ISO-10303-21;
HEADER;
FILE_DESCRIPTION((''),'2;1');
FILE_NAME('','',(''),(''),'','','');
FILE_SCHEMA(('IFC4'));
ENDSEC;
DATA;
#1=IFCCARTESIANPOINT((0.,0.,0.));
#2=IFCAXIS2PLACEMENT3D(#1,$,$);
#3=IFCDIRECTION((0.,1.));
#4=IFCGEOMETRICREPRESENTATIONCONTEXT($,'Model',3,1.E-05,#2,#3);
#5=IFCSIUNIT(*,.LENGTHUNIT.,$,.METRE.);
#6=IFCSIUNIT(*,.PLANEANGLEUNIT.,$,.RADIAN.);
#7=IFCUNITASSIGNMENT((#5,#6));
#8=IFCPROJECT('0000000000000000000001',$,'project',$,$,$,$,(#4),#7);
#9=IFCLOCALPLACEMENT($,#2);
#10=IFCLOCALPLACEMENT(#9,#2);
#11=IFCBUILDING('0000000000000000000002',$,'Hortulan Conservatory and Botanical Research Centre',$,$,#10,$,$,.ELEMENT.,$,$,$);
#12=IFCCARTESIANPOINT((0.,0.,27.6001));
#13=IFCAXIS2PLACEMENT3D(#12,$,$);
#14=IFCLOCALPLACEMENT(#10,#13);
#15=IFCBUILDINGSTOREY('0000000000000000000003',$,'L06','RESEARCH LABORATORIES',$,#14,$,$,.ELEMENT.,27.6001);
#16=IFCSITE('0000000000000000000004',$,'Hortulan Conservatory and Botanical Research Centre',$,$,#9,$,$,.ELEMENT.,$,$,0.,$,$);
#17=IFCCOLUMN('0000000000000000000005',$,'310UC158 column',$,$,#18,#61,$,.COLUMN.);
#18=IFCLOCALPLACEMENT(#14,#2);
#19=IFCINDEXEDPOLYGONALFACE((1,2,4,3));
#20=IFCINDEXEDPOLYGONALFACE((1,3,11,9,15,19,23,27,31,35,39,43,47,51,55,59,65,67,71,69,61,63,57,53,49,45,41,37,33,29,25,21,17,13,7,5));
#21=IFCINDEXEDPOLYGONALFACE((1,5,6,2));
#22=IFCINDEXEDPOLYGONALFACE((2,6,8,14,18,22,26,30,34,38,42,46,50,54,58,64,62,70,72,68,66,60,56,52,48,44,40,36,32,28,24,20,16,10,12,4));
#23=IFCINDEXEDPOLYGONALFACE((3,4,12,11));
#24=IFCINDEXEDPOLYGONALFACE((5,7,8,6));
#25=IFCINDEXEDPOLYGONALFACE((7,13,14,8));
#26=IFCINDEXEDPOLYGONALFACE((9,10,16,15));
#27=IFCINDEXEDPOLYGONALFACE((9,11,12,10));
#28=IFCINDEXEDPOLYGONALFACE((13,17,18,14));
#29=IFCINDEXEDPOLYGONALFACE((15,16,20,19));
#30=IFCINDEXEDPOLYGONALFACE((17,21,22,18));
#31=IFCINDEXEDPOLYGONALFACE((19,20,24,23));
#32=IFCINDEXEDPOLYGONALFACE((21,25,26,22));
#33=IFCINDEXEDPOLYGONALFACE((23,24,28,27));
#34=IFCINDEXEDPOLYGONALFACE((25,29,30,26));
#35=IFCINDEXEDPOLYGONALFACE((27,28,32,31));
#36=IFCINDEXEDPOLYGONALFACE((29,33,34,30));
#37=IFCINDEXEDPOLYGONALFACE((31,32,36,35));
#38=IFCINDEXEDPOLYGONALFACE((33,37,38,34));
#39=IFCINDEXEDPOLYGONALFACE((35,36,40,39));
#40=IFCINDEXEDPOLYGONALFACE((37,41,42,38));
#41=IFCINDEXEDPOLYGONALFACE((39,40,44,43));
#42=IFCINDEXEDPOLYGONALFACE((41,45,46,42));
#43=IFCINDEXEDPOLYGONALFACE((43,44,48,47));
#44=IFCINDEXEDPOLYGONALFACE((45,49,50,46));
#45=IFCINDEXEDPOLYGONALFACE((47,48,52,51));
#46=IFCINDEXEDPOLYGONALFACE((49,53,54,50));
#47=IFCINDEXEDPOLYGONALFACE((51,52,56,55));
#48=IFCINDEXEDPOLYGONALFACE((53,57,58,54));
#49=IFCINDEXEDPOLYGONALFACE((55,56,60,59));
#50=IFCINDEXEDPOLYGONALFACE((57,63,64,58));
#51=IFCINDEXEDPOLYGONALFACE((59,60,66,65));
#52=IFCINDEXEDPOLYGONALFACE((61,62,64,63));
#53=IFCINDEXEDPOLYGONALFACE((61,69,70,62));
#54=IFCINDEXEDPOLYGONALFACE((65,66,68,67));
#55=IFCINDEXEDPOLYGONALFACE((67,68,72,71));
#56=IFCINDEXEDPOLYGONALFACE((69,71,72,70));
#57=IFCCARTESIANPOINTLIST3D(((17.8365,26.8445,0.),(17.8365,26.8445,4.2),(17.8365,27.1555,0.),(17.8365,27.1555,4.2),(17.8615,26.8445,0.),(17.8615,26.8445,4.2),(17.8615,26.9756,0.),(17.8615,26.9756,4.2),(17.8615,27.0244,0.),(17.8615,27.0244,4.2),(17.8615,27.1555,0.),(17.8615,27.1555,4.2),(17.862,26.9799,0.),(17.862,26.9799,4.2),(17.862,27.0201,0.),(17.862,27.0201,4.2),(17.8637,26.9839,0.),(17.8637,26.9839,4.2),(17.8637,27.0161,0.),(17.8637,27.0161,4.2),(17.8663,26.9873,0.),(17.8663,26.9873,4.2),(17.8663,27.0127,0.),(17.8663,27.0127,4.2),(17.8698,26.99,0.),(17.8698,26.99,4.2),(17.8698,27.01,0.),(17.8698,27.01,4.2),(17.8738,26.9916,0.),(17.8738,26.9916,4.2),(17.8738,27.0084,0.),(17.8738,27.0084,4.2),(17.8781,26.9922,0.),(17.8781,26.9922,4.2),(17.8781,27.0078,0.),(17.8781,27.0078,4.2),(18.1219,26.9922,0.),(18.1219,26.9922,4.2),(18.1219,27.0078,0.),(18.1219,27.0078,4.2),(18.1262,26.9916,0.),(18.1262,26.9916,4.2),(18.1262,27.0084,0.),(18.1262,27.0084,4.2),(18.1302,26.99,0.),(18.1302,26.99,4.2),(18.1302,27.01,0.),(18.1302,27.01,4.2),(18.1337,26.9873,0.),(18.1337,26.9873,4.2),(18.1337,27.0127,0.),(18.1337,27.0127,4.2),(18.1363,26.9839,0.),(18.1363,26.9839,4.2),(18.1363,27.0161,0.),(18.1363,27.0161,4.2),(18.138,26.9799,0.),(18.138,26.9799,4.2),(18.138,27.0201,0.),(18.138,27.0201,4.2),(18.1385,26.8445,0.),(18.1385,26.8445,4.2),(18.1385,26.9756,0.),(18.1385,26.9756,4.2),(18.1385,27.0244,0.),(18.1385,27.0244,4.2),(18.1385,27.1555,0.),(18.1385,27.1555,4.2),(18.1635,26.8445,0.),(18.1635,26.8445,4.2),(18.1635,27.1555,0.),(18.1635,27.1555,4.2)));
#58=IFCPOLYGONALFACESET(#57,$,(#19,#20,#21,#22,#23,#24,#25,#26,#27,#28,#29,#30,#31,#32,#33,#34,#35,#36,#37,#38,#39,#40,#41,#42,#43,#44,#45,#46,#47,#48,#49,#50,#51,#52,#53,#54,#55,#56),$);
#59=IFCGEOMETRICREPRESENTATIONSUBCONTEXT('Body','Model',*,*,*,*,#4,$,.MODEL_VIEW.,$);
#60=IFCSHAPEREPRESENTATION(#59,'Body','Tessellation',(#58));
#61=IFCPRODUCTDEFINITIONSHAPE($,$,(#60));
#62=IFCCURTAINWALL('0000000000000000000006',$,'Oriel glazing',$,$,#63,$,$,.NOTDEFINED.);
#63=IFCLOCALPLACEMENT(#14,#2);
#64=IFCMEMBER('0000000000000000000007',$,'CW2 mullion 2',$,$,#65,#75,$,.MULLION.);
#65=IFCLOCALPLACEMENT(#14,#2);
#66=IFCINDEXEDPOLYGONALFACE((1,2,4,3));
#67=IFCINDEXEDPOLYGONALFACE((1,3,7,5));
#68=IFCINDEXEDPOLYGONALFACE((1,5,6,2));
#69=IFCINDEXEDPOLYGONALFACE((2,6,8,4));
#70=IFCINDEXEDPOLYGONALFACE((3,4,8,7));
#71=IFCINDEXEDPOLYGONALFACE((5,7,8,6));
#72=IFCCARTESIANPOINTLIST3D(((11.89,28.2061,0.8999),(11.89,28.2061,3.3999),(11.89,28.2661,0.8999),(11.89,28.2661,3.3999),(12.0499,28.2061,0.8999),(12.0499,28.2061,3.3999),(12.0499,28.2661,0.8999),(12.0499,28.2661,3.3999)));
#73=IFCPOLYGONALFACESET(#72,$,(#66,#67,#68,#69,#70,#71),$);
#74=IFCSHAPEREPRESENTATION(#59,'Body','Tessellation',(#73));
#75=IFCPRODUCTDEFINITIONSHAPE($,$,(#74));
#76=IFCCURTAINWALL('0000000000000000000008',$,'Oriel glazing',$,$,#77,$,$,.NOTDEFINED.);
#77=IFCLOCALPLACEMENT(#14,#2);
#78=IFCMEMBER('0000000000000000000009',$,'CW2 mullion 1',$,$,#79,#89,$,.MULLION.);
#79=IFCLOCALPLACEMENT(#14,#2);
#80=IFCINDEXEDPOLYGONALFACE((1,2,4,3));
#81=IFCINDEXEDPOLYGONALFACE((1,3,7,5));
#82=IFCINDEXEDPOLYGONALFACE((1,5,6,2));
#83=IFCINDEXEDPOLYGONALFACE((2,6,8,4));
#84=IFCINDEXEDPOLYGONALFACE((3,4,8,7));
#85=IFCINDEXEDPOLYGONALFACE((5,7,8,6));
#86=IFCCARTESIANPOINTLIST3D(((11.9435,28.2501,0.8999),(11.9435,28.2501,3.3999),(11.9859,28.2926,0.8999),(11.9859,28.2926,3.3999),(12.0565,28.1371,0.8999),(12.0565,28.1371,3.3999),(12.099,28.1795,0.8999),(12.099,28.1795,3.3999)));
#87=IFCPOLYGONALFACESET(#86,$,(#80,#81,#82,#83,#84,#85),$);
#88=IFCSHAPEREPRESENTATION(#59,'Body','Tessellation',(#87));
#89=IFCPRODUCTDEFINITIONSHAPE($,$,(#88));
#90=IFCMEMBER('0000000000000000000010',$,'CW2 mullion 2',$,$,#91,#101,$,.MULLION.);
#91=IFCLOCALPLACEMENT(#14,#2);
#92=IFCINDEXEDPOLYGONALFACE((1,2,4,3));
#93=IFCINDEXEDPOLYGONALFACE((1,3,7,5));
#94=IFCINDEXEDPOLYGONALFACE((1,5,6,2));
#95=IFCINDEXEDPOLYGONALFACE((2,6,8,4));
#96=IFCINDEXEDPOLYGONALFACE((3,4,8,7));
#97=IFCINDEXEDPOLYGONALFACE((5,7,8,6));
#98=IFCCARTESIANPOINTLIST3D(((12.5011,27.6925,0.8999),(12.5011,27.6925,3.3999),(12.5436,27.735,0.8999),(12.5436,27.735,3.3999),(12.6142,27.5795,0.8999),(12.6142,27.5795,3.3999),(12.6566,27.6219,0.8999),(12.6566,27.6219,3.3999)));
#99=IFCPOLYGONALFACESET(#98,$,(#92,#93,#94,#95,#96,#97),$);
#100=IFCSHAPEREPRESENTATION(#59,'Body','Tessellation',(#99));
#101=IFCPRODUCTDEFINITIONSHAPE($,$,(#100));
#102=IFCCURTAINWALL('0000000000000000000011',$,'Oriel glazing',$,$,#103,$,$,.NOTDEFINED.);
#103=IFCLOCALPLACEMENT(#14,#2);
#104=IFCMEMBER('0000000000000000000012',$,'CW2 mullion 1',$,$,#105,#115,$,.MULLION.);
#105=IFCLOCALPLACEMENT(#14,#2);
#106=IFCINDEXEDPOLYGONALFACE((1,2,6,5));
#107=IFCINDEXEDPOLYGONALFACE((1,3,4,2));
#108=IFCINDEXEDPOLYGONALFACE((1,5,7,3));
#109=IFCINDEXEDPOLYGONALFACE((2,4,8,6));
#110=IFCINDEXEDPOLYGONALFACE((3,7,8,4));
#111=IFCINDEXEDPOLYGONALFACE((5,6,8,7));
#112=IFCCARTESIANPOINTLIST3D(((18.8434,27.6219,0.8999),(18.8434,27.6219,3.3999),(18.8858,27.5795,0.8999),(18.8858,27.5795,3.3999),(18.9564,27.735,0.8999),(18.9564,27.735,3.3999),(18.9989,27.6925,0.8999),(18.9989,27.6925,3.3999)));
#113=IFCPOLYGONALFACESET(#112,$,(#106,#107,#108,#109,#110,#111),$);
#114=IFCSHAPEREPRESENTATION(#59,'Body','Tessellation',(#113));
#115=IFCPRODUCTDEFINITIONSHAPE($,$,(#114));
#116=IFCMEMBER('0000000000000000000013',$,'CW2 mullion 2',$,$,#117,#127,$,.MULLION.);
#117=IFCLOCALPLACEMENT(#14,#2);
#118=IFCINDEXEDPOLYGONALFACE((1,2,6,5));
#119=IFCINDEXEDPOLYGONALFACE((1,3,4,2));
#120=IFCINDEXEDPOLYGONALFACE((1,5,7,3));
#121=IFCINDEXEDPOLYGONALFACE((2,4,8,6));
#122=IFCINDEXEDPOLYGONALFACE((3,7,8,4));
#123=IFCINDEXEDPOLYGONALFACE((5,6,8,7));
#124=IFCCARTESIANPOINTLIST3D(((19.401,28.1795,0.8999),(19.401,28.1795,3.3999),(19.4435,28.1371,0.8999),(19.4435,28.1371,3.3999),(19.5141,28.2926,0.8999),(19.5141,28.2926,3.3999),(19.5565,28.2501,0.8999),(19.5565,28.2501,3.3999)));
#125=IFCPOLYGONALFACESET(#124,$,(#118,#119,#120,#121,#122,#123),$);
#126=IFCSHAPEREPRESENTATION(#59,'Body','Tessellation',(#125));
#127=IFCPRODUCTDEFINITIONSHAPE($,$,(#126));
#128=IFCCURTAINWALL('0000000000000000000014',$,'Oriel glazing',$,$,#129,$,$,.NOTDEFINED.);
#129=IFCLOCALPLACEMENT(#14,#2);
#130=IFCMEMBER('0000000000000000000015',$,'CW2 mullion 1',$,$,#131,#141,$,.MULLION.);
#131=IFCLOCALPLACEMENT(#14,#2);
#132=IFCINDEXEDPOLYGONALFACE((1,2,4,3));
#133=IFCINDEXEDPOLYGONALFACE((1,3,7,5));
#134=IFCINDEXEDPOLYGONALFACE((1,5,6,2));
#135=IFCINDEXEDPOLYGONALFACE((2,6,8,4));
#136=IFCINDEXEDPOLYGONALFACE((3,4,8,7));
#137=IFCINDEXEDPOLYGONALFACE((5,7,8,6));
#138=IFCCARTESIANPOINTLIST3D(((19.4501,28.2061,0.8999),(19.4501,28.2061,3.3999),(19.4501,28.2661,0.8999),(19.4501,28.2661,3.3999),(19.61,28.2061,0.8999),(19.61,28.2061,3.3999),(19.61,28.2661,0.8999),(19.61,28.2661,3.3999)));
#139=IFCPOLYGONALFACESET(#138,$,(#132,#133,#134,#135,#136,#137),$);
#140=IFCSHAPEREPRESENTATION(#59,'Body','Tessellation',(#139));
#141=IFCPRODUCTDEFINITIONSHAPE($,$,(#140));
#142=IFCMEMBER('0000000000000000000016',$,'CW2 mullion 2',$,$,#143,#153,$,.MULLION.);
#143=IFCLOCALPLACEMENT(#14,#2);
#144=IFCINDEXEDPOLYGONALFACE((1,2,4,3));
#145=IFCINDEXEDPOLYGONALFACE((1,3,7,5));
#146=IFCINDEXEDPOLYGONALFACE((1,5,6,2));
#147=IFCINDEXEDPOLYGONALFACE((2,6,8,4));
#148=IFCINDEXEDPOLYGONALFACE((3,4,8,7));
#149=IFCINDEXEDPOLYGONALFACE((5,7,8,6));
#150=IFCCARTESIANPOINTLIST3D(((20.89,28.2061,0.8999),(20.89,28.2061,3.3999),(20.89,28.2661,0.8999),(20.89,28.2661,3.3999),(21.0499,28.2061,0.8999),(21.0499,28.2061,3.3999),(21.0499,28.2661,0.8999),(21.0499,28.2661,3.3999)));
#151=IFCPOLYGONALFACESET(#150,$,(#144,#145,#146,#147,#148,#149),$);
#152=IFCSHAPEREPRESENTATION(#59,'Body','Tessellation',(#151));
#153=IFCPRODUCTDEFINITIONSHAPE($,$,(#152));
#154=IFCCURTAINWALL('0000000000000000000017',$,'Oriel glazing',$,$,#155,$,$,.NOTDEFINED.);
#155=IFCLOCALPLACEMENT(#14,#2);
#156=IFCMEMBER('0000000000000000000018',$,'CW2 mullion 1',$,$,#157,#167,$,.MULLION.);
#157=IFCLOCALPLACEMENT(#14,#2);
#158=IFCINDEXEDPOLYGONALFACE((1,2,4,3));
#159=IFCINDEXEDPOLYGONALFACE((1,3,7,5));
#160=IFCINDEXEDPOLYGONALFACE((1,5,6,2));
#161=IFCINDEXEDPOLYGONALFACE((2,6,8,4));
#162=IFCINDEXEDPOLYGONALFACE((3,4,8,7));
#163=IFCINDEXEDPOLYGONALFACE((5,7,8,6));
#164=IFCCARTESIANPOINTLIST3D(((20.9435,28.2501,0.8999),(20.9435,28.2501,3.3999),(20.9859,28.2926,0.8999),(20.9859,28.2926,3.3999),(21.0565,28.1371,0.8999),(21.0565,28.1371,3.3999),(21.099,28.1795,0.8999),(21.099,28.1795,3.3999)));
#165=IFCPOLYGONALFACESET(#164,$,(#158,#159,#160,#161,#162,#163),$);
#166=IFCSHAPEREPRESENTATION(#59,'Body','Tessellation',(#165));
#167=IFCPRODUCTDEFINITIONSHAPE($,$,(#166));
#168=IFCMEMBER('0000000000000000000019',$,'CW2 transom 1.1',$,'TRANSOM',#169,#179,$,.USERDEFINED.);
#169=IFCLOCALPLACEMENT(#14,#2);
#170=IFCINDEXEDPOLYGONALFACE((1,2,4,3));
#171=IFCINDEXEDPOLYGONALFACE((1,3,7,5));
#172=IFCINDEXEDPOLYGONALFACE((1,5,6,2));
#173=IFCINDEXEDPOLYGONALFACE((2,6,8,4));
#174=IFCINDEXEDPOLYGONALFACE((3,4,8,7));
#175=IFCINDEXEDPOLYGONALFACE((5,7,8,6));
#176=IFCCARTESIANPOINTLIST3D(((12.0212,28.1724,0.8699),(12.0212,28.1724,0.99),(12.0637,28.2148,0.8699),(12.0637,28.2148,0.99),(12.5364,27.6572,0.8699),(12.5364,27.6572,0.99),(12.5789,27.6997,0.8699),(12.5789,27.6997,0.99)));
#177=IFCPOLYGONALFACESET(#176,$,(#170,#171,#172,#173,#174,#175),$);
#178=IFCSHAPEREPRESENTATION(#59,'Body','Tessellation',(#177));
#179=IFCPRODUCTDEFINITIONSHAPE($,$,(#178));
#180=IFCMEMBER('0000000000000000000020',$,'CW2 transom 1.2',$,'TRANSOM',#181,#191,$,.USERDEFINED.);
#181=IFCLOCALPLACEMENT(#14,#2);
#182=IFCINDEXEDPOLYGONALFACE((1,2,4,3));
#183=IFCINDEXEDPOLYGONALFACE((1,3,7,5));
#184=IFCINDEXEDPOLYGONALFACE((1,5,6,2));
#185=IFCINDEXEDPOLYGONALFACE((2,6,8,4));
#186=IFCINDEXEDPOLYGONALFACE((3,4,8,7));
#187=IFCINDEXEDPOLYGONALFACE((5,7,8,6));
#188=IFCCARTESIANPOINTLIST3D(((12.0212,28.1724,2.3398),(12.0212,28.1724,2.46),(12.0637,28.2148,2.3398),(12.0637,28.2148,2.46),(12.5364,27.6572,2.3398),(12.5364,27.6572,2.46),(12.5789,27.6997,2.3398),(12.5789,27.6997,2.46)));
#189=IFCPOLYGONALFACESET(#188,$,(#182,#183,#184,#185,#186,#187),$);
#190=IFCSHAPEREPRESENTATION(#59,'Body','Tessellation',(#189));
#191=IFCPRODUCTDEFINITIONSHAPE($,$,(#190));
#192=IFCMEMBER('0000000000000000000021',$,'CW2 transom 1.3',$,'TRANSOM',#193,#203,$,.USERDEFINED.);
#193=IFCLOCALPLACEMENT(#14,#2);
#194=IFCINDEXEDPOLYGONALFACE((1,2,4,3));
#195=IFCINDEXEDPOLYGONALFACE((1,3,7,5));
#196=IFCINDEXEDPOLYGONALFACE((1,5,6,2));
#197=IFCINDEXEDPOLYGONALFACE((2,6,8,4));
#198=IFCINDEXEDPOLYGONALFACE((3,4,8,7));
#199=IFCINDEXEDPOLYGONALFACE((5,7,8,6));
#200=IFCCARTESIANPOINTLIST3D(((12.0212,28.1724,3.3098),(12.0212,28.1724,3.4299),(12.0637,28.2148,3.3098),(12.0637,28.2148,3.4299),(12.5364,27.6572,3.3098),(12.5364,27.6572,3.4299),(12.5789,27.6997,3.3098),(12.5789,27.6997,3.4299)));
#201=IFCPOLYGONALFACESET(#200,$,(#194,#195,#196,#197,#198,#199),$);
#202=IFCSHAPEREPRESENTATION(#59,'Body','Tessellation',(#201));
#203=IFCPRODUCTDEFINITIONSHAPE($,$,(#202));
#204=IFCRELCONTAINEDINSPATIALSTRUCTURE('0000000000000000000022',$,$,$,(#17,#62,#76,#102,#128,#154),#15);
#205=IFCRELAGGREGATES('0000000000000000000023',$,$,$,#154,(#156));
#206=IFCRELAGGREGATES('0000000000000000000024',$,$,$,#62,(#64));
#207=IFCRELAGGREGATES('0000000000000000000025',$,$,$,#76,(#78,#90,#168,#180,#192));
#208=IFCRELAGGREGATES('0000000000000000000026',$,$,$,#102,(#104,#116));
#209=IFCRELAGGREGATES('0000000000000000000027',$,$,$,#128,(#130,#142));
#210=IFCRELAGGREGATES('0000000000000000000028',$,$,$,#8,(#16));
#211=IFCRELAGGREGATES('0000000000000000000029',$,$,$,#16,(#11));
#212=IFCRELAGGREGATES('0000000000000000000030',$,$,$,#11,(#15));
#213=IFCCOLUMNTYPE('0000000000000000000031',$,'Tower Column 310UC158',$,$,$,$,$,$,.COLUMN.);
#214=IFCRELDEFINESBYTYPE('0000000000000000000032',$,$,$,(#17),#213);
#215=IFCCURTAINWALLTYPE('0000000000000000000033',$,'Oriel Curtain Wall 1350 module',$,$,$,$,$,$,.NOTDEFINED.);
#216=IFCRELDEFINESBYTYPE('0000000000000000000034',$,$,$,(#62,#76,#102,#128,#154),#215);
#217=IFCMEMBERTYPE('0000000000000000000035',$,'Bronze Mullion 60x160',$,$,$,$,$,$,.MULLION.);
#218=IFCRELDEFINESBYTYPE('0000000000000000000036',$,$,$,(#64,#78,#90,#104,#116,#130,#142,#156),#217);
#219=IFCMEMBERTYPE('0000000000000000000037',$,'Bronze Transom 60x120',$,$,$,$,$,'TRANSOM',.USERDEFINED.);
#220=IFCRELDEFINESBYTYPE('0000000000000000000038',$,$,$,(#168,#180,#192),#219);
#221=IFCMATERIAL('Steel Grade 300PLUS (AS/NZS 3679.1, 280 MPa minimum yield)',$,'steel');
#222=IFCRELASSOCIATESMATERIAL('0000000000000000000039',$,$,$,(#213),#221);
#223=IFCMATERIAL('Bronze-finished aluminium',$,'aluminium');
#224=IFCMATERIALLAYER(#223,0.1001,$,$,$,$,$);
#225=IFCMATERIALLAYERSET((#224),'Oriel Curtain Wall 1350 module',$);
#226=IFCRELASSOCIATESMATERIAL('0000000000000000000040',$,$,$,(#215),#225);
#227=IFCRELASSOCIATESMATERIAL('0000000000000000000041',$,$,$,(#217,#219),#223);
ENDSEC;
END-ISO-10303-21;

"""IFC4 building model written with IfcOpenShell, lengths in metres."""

from ifc_helpers import new_model, si_unit, direction, frame, origin, origin_2d, place, context, subcontext, project, spatial, rectangle, i_section, extrude, material, layer, layer_set, material_profile, profile_set, type_object, element, aggregate, save


model = new_model("IFC4")

# Units and contexts
model_context = context("Model", 3, precision=1e-05, world=origin(), true_north=direction((0.0, 1.0)))
body_context = subcontext(model_context, "Body", "Model", "MODEL_VIEW")
ifc_project = project(units=[si_unit("LENGTHUNIT", "METRE"), si_unit("PLANEANGLEUNIT", "RADIAN")], contexts=[model_context])

# Site, building, storey
site_placement = place(None, origin())
site = spatial("IfcSite", under=ifc_project, at=site_placement, Name="Hortulan Conservatory and Botanical Research Centre", CompositionType="ELEMENT", RefElevation=0.0)
building_placement = place(site_placement, origin())
building = spatial("IfcBuilding", under=site, at=building_placement, Name="Hortulan Conservatory and Botanical Research Centre", CompositionType="ELEMENT")
storey_placement = place(building_placement, frame((0.0, 0.0, 27.6001)))
storey = spatial("IfcBuildingStorey", under=building, at=storey_placement, Name="L06", Description="RESEARCH LABORATORIES", CompositionType="ELEMENT", Elevation=27.6001)

# Column
ifc_material_1 = material(Name="Steel Grade 300PLUS (AS/NZS 3679.1, 280 MPa minimum yield)", Category="steel")
ifc_material_profile_1 = material_profile(ifc_material_1, i_section(OverallWidth=0.311, OverallDepth=0.3269, WebThickness=0.0156, FlangeThickness=0.0249, FilletRadius=0.0166, at=origin_2d()), Name="310UC158")
ifc_profile_set_1 = profile_set([ifc_material_profile_1], Name="Steel Grade 300PLUS (AS/NZS 3679.1, 280 MPa minimum yield)")
column_type = type_object("IfcColumnType", Name="Tower Column 310UC158", PredefinedType="COLUMN", material=ifc_profile_set_1)
column_placement = place(storey_placement, frame((18.0, 27.0, 0.0), z_axis=(0.0, 0.0, 1.0), x_axis=(0.0, 1.0, 0.0)))
element("IfcColumn", 1, at=column_placement, inside=storey, type_object=column_type, Name="310UC158 column", PredefinedType="COLUMN", context=body_context, shape_type="SweptSolid", body=[
    extrude(i_section(OverallWidth=0.311, OverallDepth=0.3269, WebThickness=0.0156, FlangeThickness=0.0249, FilletRadius=0.0166, at=origin_2d()), origin(), (0.0, 0.0, 1.0), 4.2),
])

# Curtain wall, member
ifc_material_2 = material(Name="Bronze-finished aluminium", Category="aluminium")
ifc_layer_1 = layer(ifc_material_2, 0.1001)
ifc_layer_set_1 = layer_set([ifc_layer_1], Name="Oriel Curtain Wall 1350 module")
curtain_wall_type = type_object("IfcCurtainWallType", Name="Oriel Curtain Wall 1350 module", PredefinedType="NOTDEFINED", material=ifc_layer_set_1)
curtain_wall_1_placement = place(storey_placement, origin())
curtain_wall_1 = element("IfcCurtainWall", 2, at=curtain_wall_1_placement, inside=storey, type_object=curtain_wall_type, Name="Oriel glazing", PredefinedType="NOTDEFINED")
ifc_material_profile_2 = material_profile(ifc_material_2, rectangle(XDim=0.0601, YDim=0.1599, at=origin_2d()), Name="Bronze Mullion 60x160")
ifc_profile_set_2 = profile_set([ifc_material_profile_2], Name="Bronze-finished aluminium")
member_type_1 = type_object("IfcMemberType", Name="Bronze Mullion 60x160", PredefinedType="MULLION", material=ifc_profile_set_2)
member_1_placement = place(storey_placement, frame((11.97, 28.2361, 0.8999), z_axis=(0.0, 0.0, 1.0), x_axis=(0.0, 1.0, 0.0)))
member_1 = element("IfcMember", 3, at=member_1_placement, type_object=member_type_1, Name="CW2 mullion 2", PredefinedType="MULLION", context=body_context, shape_type="SweptSolid", body=[
    extrude(rectangle(XDim=0.0601, YDim=0.1599, at=origin_2d()), origin(), (0.0, 0.0, 1.0), 2.5),
])

# Curtain walls, members
curtain_wall_2_placement = place(storey_placement, origin())
curtain_wall_2 = element("IfcCurtainWall", 4, at=curtain_wall_2_placement, inside=storey, type_object=curtain_wall_type, Name="Oriel glazing", PredefinedType="NOTDEFINED")
member_2_placement = place(storey_placement, frame((12.0212, 28.2148, 0.8999), z_axis=(0.0, 0.0, 1.0), x_axis=(0.707107, 0.707107, 0.0)))
member_2 = element("IfcMember", 5, at=member_2_placement, type_object=member_type_1, Name="CW2 mullion 1", PredefinedType="MULLION", context=body_context, shape_type="SweptSolid", body=[
    extrude(rectangle(XDim=0.0601, YDim=0.1599, at=origin_2d()), origin(), (0.0, 0.0, 1.0), 2.5),
])
member_3_placement = place(storey_placement, frame((12.5789, 27.6572, 0.8999), z_axis=(0.0, 0.0, 1.0), x_axis=(0.707107, 0.707107, 0.0)))
member_3 = element("IfcMember", 6, at=member_3_placement, type_object=member_type_1, Name="CW2 mullion 2", PredefinedType="MULLION", context=body_context, shape_type="SweptSolid", body=[
    extrude(rectangle(XDim=0.0601, YDim=0.1599, at=origin_2d()), origin(), (0.0, 0.0, 1.0), 2.5),
])
curtain_wall_3_placement = place(storey_placement, origin())
curtain_wall_3 = element("IfcCurtainWall", 7, at=curtain_wall_3_placement, inside=storey, type_object=curtain_wall_type, Name="Oriel glazing", PredefinedType="NOTDEFINED")
member_4_placement = place(storey_placement, frame((18.9211, 27.6572, 0.8999), z_axis=(0.0, 0.0, 1.0), x_axis=(-0.707107, 0.707107, 0.0)))
member_4 = element("IfcMember", 8, at=member_4_placement, type_object=member_type_1, Name="CW2 mullion 1", PredefinedType="MULLION", context=body_context, shape_type="SweptSolid", body=[
    extrude(rectangle(XDim=0.0601, YDim=0.1599, at=origin_2d()), origin(), (0.0, 0.0, 1.0), 2.5),
])
member_5_placement = place(storey_placement, frame((19.4788, 28.2148, 0.8999), z_axis=(0.0, 0.0, 1.0), x_axis=(-0.707107, 0.707107, 0.0)))
member_5 = element("IfcMember", 9, at=member_5_placement, type_object=member_type_1, Name="CW2 mullion 2", PredefinedType="MULLION", context=body_context, shape_type="SweptSolid", body=[
    extrude(rectangle(XDim=0.0601, YDim=0.1599, at=origin_2d()), origin(), (0.0, 0.0, 1.0), 2.5),
])
curtain_wall_4_placement = place(storey_placement, origin())
curtain_wall_4 = element("IfcCurtainWall", 10, at=curtain_wall_4_placement, inside=storey, type_object=curtain_wall_type, Name="Oriel glazing", PredefinedType="NOTDEFINED")
member_6_placement = place(storey_placement, frame((19.53, 28.2361, 0.8999), z_axis=(0.0, 0.0, 1.0), x_axis=(0.0, 1.0, 0.0)))
member_6 = element("IfcMember", 11, at=member_6_placement, type_object=member_type_1, Name="CW2 mullion 1", PredefinedType="MULLION", context=body_context, shape_type="SweptSolid", body=[
    extrude(rectangle(XDim=0.0601, YDim=0.1599, at=origin_2d()), origin(), (0.0, 0.0, 1.0), 2.5),
])
member_7_placement = place(storey_placement, frame((20.97, 28.2361, 0.8999), z_axis=(0.0, 0.0, 1.0), x_axis=(0.0, 1.0, 0.0)))
member_7 = element("IfcMember", 12, at=member_7_placement, type_object=member_type_1, Name="CW2 mullion 2", PredefinedType="MULLION", context=body_context, shape_type="SweptSolid", body=[
    extrude(rectangle(XDim=0.0601, YDim=0.1599, at=origin_2d()), origin(), (0.0, 0.0, 1.0), 2.5),
])

# Curtain wall, member
curtain_wall_5_placement = place(storey_placement, origin())
curtain_wall_5 = element("IfcCurtainWall", 13, at=curtain_wall_5_placement, inside=storey, type_object=curtain_wall_type, Name="Oriel glazing", PredefinedType="NOTDEFINED")
member_8_placement = place(storey_placement, frame((21.0212, 28.2148, 0.8999), z_axis=(0.0, 0.0, 1.0), x_axis=(0.707107, 0.707107, 0.0)))
member_8 = element("IfcMember", 14, at=member_8_placement, type_object=member_type_1, Name="CW2 mullion 1", PredefinedType="MULLION", context=body_context, shape_type="SweptSolid", body=[
    extrude(rectangle(XDim=0.0601, YDim=0.1599, at=origin_2d()), origin(), (0.0, 0.0, 1.0), 2.5),
])
aggregate(curtain_wall_5, [member_8])

# Members
ifc_material_profile_3 = material_profile(ifc_material_2, rectangle(XDim=0.0601, YDim=0.1201, at=origin_2d()), Name="Bronze Transom 60x120")
ifc_profile_set_3 = profile_set([ifc_material_profile_3], Name="Bronze-finished aluminium")
member_type_2 = type_object("IfcMemberType", Name="Bronze Transom 60x120", ElementType="TRANSOM", PredefinedType="USERDEFINED", material=ifc_profile_set_3)
member_9_placement = place(storey_placement, frame((12.0425, 28.1936, 0.9299), z_axis=(0.707107, -0.707107, 0.0), x_axis=(0.707107, 0.707107, 0.0)))
member_9 = element("IfcMember", 15, at=member_9_placement, type_object=member_type_2, Name="CW2 transom 1.1", ObjectType="TRANSOM", PredefinedType="USERDEFINED", context=body_context, shape_type="SweptSolid", body=[
    extrude(rectangle(XDim=0.0601, YDim=0.1201, at=origin_2d()), origin(), (0.0, 0.0, 1.0), 0.7285),
])
member_10_placement = place(storey_placement, frame((12.0425, 28.1936, 2.3999), z_axis=(0.707107, -0.707107, 0.0), x_axis=(0.707107, 0.707107, 0.0)))
member_10 = element("IfcMember", 16, at=member_10_placement, type_object=member_type_2, Name="CW2 transom 1.2", ObjectType="TRANSOM", PredefinedType="USERDEFINED", context=body_context, shape_type="SweptSolid", body=[
    extrude(rectangle(XDim=0.0601, YDim=0.1201, at=origin_2d()), origin(), (0.0, 0.0, 1.0), 0.7285),
])
member_11_placement = place(storey_placement, frame((12.0425, 28.1936, 3.3699), z_axis=(0.707107, -0.707107, 0.0), x_axis=(0.707107, 0.707107, 0.0)))
member_11 = element("IfcMember", 17, at=member_11_placement, type_object=member_type_2, Name="CW2 transom 1.3", ObjectType="TRANSOM", PredefinedType="USERDEFINED", context=body_context, shape_type="SweptSolid", body=[
    extrude(rectangle(XDim=0.0601, YDim=0.1201, at=origin_2d()), origin(), (0.0, 0.0, 1.0), 0.7285),
])

aggregate(curtain_wall_1, [member_1])
aggregate(curtain_wall_2, [member_2, member_3, member_9, member_10, member_11])
aggregate(curtain_wall_3, [member_4, member_5])
aggregate(curtain_wall_4, [member_6, member_7])

save(model, "model.ifc")
